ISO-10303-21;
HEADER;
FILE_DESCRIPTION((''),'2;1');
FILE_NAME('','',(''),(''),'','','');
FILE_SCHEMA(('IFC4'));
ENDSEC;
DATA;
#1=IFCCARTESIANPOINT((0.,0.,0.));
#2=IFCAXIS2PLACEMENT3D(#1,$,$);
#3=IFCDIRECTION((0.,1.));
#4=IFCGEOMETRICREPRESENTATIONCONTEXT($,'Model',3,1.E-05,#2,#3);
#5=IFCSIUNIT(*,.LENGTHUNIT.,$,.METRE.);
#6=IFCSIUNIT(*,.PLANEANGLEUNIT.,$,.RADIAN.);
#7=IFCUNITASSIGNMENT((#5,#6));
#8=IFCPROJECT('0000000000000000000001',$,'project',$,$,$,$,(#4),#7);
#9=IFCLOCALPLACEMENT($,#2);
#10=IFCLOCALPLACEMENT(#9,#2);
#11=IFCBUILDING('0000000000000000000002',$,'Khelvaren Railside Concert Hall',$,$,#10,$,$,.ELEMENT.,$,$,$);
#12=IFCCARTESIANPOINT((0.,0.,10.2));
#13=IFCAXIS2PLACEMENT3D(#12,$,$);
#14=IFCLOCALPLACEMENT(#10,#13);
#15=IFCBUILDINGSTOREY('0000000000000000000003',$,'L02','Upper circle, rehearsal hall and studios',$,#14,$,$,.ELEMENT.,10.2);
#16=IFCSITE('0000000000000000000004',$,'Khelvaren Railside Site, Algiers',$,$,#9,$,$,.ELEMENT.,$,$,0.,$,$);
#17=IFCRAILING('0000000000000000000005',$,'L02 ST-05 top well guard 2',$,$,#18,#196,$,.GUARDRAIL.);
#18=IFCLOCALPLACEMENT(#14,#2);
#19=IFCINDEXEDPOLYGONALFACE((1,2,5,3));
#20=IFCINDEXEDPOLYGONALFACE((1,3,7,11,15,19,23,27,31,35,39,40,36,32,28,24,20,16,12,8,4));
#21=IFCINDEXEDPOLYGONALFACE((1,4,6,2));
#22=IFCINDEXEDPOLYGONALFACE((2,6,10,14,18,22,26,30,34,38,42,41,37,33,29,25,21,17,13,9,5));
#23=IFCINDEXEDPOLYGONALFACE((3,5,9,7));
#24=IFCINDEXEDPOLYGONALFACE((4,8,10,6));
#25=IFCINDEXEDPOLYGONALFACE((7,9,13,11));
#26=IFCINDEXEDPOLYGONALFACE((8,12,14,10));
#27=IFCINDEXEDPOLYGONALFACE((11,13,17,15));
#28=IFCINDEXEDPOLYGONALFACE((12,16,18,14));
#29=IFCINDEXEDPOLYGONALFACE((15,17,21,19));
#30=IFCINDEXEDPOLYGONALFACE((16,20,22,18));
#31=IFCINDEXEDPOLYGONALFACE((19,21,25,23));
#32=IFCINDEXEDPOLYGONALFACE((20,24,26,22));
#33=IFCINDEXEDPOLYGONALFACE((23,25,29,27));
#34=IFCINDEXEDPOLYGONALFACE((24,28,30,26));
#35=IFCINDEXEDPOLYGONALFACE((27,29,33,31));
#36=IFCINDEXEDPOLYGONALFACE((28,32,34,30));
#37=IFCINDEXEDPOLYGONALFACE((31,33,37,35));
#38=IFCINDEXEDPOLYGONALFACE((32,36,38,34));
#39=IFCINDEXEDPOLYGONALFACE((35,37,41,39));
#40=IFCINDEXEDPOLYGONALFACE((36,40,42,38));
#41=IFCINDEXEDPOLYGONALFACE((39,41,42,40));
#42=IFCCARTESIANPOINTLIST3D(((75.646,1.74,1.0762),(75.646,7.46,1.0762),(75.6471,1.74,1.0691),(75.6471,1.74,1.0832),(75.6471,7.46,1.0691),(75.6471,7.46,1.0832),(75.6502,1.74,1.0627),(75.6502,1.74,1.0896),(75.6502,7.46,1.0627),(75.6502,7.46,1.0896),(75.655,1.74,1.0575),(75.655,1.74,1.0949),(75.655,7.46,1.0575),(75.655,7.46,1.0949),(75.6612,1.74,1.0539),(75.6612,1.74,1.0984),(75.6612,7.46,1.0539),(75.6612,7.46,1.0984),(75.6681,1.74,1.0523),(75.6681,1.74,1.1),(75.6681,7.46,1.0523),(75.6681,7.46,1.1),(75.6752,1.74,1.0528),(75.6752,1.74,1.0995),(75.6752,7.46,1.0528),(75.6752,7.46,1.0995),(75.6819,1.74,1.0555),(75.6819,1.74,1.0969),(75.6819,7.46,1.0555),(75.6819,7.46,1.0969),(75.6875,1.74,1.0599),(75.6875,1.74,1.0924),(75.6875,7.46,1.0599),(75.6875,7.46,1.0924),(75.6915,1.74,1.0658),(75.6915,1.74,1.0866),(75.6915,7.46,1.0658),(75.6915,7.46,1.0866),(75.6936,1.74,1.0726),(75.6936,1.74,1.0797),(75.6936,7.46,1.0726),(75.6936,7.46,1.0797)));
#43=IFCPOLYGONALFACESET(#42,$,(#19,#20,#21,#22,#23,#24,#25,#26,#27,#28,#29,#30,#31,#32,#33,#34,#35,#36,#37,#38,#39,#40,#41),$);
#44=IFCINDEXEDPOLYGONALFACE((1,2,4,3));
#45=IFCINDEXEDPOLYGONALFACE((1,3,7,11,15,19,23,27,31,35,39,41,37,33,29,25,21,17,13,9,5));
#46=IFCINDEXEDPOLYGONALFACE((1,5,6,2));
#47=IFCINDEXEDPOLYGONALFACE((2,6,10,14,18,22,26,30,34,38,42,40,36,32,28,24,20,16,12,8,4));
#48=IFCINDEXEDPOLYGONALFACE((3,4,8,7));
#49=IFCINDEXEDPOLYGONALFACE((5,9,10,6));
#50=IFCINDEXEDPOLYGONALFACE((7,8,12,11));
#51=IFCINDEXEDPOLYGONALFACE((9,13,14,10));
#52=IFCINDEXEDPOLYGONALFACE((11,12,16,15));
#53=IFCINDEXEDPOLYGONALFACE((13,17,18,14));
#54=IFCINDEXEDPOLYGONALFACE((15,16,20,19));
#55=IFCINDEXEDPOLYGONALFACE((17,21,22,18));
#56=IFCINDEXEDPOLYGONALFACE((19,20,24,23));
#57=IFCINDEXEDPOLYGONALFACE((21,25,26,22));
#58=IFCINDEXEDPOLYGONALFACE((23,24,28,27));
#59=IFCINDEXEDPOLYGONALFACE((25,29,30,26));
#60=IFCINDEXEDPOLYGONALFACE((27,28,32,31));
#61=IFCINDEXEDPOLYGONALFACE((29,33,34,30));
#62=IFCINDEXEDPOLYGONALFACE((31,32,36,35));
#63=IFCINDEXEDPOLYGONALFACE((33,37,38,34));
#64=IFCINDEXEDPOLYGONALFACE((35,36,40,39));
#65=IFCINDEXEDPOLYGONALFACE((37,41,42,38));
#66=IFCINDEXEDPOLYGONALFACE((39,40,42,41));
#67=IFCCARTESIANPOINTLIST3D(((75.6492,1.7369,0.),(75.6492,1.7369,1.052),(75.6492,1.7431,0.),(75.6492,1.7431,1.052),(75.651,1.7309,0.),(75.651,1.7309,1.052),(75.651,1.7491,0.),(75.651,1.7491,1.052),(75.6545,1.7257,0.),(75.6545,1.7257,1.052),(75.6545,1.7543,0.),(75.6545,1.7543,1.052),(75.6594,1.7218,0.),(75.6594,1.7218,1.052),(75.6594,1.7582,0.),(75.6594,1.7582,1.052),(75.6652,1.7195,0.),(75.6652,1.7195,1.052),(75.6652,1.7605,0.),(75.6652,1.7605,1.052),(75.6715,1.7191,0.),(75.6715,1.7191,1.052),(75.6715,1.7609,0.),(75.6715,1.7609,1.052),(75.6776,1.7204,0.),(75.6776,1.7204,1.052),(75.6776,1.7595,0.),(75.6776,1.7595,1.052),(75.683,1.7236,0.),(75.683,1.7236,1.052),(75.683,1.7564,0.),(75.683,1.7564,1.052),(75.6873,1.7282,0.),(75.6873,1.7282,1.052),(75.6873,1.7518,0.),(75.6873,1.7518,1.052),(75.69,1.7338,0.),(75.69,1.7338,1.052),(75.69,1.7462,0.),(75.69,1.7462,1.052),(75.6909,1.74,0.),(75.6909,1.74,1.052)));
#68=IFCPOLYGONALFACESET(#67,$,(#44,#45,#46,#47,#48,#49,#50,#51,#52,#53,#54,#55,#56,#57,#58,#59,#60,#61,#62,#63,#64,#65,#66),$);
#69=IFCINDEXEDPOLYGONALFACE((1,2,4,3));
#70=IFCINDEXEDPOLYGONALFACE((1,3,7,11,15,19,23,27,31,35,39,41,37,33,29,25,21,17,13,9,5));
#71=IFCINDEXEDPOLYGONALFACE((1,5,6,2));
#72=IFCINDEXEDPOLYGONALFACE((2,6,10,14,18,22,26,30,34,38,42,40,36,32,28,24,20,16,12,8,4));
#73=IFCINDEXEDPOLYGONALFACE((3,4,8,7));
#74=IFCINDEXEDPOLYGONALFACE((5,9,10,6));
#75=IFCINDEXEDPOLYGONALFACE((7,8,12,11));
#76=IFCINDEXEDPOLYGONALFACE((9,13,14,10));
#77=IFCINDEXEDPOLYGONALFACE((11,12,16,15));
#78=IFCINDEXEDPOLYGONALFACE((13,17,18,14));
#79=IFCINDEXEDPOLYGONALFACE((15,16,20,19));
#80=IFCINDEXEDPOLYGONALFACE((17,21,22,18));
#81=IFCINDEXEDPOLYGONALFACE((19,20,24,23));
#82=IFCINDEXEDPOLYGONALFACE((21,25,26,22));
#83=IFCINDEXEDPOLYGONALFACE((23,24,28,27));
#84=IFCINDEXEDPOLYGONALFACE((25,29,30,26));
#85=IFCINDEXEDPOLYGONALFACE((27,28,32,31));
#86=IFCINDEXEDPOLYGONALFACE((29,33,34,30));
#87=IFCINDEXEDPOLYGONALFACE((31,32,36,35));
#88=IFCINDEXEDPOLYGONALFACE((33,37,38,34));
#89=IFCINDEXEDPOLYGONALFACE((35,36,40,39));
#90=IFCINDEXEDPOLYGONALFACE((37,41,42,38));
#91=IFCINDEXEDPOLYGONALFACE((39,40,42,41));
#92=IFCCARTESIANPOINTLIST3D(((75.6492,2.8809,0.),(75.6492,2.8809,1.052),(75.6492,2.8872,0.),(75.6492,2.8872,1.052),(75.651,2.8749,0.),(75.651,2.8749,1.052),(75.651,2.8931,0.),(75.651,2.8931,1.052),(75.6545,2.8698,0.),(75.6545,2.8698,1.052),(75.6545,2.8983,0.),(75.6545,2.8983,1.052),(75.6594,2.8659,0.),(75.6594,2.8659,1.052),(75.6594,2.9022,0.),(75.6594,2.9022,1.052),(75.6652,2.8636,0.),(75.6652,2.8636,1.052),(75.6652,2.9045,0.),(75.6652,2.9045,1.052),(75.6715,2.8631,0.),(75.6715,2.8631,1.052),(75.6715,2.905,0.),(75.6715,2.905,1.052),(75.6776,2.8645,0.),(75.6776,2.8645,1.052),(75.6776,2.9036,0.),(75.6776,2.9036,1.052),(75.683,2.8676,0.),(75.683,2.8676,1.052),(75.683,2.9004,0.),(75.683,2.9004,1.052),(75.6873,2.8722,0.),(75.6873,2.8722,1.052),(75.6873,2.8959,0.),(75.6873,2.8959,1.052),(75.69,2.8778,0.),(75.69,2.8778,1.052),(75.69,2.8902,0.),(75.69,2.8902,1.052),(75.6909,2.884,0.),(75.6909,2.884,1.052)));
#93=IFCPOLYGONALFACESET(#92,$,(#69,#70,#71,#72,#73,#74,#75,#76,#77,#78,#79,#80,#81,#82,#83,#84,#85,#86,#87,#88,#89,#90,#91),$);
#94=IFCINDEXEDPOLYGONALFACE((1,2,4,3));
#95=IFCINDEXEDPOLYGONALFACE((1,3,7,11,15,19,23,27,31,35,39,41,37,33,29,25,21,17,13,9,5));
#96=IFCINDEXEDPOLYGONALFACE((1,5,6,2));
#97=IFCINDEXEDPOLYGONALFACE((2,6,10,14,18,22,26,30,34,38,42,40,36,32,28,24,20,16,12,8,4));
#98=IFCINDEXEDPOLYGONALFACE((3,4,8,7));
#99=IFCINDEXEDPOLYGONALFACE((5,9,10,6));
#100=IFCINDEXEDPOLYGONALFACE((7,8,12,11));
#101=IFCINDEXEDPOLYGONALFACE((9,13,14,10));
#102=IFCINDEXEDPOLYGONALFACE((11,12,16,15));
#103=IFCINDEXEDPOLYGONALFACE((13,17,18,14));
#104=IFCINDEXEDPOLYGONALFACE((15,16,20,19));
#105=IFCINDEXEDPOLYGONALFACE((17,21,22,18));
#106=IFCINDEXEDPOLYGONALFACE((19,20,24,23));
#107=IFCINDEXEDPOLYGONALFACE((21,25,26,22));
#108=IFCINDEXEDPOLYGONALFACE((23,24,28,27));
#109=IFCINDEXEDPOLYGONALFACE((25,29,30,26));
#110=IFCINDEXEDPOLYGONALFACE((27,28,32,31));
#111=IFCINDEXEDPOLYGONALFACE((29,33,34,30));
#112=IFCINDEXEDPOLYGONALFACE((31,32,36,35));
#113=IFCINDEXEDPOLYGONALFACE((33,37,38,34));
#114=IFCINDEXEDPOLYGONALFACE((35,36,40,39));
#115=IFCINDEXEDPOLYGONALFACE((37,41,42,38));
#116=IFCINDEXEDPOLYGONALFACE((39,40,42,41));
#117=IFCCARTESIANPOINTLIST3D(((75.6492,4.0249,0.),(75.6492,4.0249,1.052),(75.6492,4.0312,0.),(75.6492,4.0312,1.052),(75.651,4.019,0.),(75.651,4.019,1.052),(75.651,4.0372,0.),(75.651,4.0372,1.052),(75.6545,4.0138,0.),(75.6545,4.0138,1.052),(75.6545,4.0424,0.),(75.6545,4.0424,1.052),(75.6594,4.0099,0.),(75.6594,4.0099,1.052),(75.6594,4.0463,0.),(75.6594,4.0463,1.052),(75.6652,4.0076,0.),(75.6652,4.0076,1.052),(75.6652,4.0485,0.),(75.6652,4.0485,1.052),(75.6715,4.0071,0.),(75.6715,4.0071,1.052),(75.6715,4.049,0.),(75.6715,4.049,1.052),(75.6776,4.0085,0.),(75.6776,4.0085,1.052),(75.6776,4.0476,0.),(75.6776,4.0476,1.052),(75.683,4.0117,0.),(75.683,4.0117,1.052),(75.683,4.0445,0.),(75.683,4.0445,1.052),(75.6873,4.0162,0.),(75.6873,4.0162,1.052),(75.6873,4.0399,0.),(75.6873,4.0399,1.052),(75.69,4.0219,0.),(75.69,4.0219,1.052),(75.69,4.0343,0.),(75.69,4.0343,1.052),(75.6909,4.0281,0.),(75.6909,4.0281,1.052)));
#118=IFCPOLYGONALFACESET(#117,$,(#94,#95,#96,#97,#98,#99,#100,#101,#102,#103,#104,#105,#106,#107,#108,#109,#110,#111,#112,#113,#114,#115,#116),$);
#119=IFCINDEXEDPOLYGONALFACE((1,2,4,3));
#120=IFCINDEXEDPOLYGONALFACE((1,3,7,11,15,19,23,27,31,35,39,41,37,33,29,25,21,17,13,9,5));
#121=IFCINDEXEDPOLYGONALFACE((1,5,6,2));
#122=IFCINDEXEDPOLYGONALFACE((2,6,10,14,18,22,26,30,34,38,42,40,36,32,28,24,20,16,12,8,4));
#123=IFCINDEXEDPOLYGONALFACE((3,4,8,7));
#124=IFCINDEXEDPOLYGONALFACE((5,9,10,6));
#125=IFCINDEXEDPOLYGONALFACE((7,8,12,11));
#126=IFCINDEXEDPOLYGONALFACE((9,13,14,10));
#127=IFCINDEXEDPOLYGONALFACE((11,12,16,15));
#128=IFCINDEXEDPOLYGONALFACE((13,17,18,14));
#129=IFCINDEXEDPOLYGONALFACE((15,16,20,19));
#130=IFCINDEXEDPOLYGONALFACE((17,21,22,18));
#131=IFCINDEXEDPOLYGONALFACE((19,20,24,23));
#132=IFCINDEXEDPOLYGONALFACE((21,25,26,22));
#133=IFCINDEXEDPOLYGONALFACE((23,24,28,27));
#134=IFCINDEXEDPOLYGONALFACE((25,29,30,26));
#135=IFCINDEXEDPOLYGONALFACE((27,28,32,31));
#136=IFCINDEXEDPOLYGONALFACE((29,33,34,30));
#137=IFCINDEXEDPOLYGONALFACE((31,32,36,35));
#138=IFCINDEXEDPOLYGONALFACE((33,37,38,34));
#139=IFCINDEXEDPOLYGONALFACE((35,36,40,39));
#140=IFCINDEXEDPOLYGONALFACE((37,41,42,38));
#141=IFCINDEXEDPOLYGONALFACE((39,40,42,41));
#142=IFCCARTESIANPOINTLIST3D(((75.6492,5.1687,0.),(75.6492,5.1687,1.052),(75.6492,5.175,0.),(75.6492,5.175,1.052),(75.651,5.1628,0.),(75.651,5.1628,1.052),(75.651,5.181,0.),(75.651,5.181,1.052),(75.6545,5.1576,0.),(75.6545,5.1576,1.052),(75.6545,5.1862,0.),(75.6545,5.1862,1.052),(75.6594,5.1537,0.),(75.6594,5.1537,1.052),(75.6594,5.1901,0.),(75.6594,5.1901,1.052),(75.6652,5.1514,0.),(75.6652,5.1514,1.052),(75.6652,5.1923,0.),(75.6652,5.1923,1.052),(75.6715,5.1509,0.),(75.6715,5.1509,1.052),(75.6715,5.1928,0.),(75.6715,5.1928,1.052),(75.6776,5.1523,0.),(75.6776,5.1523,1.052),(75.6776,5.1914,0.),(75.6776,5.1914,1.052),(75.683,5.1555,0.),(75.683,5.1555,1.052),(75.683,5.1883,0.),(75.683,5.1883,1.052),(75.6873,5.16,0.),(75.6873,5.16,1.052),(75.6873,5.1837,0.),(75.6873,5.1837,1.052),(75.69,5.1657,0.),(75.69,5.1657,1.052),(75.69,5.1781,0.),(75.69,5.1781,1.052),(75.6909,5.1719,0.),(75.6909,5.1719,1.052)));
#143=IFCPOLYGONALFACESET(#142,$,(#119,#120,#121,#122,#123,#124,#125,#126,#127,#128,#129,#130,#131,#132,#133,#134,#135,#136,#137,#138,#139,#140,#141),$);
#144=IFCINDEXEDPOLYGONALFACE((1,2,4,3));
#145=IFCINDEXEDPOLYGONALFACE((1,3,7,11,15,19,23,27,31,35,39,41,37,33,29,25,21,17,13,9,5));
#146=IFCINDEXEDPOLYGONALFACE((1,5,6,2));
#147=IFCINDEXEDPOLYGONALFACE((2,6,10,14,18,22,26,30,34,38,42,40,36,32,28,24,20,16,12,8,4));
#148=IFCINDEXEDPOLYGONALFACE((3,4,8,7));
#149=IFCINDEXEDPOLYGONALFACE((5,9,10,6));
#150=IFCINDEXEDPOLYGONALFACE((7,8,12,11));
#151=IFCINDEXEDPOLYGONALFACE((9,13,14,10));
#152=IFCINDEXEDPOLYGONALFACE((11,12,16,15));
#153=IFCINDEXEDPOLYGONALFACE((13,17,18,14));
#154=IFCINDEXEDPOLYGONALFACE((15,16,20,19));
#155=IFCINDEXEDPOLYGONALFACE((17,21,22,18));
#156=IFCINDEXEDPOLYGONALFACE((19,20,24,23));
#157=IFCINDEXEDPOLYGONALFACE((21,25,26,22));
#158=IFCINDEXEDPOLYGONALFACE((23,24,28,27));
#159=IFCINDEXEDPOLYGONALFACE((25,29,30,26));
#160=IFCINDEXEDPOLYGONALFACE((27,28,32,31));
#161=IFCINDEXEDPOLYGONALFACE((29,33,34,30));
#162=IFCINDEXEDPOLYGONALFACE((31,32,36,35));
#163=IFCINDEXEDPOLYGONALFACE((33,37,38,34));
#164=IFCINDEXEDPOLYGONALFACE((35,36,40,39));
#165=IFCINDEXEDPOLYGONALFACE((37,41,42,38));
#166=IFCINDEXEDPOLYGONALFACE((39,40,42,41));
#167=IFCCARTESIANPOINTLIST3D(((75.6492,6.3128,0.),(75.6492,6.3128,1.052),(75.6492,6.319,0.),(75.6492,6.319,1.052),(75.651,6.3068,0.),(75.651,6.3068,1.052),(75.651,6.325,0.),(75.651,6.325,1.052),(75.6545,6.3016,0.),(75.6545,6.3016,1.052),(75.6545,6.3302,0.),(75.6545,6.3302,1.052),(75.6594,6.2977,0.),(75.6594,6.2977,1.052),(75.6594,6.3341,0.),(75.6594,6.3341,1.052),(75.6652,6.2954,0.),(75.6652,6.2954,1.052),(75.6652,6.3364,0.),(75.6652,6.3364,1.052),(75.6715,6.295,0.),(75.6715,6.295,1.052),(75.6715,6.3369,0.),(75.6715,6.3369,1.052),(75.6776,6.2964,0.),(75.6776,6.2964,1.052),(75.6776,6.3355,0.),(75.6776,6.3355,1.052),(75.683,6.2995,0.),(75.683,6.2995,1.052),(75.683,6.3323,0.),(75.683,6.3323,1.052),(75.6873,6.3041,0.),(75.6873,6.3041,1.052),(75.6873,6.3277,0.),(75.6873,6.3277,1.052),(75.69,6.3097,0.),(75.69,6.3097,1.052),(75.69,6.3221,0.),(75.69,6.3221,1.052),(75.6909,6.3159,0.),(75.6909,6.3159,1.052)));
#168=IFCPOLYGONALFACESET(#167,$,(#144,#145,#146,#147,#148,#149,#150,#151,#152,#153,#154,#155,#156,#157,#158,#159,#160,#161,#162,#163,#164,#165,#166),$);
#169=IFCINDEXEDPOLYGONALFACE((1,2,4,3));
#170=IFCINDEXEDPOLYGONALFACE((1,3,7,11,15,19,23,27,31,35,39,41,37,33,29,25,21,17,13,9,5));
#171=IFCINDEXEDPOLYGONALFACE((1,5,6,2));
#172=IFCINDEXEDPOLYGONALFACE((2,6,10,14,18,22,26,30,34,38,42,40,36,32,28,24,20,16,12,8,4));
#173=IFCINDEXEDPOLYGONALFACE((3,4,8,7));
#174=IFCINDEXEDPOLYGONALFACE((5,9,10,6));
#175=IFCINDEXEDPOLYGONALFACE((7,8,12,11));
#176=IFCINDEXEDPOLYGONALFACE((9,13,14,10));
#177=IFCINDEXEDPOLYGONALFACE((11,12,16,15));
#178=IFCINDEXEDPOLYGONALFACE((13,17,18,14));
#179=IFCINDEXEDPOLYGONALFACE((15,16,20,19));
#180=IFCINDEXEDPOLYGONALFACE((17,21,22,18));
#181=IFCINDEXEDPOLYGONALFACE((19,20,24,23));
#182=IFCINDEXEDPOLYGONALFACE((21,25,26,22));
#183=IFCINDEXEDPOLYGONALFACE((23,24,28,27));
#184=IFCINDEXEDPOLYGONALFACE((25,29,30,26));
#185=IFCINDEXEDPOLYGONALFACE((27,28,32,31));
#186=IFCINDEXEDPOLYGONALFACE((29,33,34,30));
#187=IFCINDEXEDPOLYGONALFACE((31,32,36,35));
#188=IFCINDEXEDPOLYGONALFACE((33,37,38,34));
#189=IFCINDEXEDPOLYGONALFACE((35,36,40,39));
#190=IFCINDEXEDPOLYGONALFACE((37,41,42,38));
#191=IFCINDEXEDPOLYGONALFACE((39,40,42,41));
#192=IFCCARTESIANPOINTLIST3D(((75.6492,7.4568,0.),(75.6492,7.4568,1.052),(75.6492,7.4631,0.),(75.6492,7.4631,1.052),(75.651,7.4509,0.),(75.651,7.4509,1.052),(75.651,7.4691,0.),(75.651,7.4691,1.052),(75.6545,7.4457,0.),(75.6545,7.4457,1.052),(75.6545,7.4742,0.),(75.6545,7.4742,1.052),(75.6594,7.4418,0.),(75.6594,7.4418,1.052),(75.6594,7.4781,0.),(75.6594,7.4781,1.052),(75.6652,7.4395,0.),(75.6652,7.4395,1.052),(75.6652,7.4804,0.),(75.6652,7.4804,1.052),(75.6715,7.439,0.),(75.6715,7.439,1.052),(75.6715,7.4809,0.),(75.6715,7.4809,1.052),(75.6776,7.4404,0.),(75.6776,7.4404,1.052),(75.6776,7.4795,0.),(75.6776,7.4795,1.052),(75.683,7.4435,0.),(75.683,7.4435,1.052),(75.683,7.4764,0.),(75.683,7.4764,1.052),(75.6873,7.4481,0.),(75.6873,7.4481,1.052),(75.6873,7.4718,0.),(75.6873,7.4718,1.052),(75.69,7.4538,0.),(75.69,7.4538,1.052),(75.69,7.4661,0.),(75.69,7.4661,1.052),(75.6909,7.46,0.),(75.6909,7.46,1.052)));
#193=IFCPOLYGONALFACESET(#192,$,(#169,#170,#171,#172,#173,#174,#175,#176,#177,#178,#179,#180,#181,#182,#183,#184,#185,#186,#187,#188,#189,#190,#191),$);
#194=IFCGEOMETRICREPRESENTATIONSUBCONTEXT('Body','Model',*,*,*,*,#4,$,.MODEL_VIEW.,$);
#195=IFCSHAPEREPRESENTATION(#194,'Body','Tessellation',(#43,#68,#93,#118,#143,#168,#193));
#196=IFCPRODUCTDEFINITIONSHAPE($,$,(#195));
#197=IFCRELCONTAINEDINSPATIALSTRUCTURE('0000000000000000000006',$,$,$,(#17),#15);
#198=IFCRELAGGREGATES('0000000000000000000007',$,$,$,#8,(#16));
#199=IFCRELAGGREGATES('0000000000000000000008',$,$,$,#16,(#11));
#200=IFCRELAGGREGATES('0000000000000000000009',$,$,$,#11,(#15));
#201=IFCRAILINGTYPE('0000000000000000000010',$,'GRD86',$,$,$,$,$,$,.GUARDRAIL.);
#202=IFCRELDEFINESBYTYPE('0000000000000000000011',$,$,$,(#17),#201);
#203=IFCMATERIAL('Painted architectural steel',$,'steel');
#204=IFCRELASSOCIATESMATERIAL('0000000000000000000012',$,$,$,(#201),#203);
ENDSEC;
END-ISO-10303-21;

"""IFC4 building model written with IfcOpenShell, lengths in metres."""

from ifc_helpers import new_model, si_unit, direction, frame, origin, origin_2d, place, context, subcontext, project, spatial, circle, extrude, material, type_object, element, save


model = new_model("IFC4")

# Units and contexts
model_context = context("Model", 3, precision=1e-05, world=origin(), true_north=direction((0.0, 1.0)))
body_context = subcontext(model_context, "Body", "Model", "MODEL_VIEW")
ifc_project = project(units=[si_unit("LENGTHUNIT", "METRE"), si_unit("PLANEANGLEUNIT", "RADIAN")], contexts=[model_context])

# Site, building, storey
site_placement = place(None, origin())
site = spatial("IfcSite", under=ifc_project, at=site_placement, Name="Khelvaren Railside Site, Algiers", CompositionType="ELEMENT", RefElevation=0.0)
building_placement = place(site_placement, origin())
building = spatial("IfcBuilding", under=site, at=building_placement, Name="Khelvaren Railside Concert Hall", CompositionType="ELEMENT")
storey_placement = place(building_placement, frame((0.0, 0.0, 10.2)))
storey = spatial("IfcBuildingStorey", under=building, at=storey_placement, Name="L02", Description="Upper circle, rehearsal hall and studios", CompositionType="ELEMENT", Elevation=10.2)

# Railing
ifc_material_1 = material(Name="Painted architectural steel", Category="steel")
railing_type = type_object("IfcRailingType", Name="GRD86", PredefinedType="GUARDRAIL", material=ifc_material_1)
for number, where, name in (
    (1, (75.6699, 1.74, 0.0), "L02 ST-05 top well guard 2"),
):
    element("IfcRailing", number, at=place(storey_placement, frame(where)), inside=storey, type_object=railing_type, Name=name, PredefinedType="GUARDRAIL", context=body_context, shape_type="SweptSolid", body=[
        extrude(circle(Radius=0.0239, at=origin_2d()), frame((0.0, 0.0, 1.0762), z_axis=(0.0, 1.0, 0.0), x_axis=(-1.0, 0.0, 0.0)), (0.0, 0.0, 1.0), 5.72),
        extrude(circle(Radius=0.021, at=origin_2d()), origin(), (0.0, 0.0, 1.0), 1.052),
        extrude(circle(Radius=0.021, at=origin_2d()), frame((0.0, 1.144, 0.0)), (0.0, 0.0, 1.0), 1.052),
        extrude(circle(Radius=0.021, at=origin_2d()), frame((0.0, 2.2881, 0.0)), (0.0, 0.0, 1.0), 1.052),
        extrude(circle(Radius=0.021, at=origin_2d()), frame((0.0, 3.4319, 0.0)), (0.0, 0.0, 1.0), 1.052),
        extrude(circle(Radius=0.021, at=origin_2d()), frame((0.0, 4.5759, 0.0)), (0.0, 0.0, 1.0), 1.052),
        extrude(circle(Radius=0.021, at=origin_2d()), frame((0.0, 5.72, 0.0)), (0.0, 0.0, 1.0), 1.052),
    ])

save(model, "model.ifc")
